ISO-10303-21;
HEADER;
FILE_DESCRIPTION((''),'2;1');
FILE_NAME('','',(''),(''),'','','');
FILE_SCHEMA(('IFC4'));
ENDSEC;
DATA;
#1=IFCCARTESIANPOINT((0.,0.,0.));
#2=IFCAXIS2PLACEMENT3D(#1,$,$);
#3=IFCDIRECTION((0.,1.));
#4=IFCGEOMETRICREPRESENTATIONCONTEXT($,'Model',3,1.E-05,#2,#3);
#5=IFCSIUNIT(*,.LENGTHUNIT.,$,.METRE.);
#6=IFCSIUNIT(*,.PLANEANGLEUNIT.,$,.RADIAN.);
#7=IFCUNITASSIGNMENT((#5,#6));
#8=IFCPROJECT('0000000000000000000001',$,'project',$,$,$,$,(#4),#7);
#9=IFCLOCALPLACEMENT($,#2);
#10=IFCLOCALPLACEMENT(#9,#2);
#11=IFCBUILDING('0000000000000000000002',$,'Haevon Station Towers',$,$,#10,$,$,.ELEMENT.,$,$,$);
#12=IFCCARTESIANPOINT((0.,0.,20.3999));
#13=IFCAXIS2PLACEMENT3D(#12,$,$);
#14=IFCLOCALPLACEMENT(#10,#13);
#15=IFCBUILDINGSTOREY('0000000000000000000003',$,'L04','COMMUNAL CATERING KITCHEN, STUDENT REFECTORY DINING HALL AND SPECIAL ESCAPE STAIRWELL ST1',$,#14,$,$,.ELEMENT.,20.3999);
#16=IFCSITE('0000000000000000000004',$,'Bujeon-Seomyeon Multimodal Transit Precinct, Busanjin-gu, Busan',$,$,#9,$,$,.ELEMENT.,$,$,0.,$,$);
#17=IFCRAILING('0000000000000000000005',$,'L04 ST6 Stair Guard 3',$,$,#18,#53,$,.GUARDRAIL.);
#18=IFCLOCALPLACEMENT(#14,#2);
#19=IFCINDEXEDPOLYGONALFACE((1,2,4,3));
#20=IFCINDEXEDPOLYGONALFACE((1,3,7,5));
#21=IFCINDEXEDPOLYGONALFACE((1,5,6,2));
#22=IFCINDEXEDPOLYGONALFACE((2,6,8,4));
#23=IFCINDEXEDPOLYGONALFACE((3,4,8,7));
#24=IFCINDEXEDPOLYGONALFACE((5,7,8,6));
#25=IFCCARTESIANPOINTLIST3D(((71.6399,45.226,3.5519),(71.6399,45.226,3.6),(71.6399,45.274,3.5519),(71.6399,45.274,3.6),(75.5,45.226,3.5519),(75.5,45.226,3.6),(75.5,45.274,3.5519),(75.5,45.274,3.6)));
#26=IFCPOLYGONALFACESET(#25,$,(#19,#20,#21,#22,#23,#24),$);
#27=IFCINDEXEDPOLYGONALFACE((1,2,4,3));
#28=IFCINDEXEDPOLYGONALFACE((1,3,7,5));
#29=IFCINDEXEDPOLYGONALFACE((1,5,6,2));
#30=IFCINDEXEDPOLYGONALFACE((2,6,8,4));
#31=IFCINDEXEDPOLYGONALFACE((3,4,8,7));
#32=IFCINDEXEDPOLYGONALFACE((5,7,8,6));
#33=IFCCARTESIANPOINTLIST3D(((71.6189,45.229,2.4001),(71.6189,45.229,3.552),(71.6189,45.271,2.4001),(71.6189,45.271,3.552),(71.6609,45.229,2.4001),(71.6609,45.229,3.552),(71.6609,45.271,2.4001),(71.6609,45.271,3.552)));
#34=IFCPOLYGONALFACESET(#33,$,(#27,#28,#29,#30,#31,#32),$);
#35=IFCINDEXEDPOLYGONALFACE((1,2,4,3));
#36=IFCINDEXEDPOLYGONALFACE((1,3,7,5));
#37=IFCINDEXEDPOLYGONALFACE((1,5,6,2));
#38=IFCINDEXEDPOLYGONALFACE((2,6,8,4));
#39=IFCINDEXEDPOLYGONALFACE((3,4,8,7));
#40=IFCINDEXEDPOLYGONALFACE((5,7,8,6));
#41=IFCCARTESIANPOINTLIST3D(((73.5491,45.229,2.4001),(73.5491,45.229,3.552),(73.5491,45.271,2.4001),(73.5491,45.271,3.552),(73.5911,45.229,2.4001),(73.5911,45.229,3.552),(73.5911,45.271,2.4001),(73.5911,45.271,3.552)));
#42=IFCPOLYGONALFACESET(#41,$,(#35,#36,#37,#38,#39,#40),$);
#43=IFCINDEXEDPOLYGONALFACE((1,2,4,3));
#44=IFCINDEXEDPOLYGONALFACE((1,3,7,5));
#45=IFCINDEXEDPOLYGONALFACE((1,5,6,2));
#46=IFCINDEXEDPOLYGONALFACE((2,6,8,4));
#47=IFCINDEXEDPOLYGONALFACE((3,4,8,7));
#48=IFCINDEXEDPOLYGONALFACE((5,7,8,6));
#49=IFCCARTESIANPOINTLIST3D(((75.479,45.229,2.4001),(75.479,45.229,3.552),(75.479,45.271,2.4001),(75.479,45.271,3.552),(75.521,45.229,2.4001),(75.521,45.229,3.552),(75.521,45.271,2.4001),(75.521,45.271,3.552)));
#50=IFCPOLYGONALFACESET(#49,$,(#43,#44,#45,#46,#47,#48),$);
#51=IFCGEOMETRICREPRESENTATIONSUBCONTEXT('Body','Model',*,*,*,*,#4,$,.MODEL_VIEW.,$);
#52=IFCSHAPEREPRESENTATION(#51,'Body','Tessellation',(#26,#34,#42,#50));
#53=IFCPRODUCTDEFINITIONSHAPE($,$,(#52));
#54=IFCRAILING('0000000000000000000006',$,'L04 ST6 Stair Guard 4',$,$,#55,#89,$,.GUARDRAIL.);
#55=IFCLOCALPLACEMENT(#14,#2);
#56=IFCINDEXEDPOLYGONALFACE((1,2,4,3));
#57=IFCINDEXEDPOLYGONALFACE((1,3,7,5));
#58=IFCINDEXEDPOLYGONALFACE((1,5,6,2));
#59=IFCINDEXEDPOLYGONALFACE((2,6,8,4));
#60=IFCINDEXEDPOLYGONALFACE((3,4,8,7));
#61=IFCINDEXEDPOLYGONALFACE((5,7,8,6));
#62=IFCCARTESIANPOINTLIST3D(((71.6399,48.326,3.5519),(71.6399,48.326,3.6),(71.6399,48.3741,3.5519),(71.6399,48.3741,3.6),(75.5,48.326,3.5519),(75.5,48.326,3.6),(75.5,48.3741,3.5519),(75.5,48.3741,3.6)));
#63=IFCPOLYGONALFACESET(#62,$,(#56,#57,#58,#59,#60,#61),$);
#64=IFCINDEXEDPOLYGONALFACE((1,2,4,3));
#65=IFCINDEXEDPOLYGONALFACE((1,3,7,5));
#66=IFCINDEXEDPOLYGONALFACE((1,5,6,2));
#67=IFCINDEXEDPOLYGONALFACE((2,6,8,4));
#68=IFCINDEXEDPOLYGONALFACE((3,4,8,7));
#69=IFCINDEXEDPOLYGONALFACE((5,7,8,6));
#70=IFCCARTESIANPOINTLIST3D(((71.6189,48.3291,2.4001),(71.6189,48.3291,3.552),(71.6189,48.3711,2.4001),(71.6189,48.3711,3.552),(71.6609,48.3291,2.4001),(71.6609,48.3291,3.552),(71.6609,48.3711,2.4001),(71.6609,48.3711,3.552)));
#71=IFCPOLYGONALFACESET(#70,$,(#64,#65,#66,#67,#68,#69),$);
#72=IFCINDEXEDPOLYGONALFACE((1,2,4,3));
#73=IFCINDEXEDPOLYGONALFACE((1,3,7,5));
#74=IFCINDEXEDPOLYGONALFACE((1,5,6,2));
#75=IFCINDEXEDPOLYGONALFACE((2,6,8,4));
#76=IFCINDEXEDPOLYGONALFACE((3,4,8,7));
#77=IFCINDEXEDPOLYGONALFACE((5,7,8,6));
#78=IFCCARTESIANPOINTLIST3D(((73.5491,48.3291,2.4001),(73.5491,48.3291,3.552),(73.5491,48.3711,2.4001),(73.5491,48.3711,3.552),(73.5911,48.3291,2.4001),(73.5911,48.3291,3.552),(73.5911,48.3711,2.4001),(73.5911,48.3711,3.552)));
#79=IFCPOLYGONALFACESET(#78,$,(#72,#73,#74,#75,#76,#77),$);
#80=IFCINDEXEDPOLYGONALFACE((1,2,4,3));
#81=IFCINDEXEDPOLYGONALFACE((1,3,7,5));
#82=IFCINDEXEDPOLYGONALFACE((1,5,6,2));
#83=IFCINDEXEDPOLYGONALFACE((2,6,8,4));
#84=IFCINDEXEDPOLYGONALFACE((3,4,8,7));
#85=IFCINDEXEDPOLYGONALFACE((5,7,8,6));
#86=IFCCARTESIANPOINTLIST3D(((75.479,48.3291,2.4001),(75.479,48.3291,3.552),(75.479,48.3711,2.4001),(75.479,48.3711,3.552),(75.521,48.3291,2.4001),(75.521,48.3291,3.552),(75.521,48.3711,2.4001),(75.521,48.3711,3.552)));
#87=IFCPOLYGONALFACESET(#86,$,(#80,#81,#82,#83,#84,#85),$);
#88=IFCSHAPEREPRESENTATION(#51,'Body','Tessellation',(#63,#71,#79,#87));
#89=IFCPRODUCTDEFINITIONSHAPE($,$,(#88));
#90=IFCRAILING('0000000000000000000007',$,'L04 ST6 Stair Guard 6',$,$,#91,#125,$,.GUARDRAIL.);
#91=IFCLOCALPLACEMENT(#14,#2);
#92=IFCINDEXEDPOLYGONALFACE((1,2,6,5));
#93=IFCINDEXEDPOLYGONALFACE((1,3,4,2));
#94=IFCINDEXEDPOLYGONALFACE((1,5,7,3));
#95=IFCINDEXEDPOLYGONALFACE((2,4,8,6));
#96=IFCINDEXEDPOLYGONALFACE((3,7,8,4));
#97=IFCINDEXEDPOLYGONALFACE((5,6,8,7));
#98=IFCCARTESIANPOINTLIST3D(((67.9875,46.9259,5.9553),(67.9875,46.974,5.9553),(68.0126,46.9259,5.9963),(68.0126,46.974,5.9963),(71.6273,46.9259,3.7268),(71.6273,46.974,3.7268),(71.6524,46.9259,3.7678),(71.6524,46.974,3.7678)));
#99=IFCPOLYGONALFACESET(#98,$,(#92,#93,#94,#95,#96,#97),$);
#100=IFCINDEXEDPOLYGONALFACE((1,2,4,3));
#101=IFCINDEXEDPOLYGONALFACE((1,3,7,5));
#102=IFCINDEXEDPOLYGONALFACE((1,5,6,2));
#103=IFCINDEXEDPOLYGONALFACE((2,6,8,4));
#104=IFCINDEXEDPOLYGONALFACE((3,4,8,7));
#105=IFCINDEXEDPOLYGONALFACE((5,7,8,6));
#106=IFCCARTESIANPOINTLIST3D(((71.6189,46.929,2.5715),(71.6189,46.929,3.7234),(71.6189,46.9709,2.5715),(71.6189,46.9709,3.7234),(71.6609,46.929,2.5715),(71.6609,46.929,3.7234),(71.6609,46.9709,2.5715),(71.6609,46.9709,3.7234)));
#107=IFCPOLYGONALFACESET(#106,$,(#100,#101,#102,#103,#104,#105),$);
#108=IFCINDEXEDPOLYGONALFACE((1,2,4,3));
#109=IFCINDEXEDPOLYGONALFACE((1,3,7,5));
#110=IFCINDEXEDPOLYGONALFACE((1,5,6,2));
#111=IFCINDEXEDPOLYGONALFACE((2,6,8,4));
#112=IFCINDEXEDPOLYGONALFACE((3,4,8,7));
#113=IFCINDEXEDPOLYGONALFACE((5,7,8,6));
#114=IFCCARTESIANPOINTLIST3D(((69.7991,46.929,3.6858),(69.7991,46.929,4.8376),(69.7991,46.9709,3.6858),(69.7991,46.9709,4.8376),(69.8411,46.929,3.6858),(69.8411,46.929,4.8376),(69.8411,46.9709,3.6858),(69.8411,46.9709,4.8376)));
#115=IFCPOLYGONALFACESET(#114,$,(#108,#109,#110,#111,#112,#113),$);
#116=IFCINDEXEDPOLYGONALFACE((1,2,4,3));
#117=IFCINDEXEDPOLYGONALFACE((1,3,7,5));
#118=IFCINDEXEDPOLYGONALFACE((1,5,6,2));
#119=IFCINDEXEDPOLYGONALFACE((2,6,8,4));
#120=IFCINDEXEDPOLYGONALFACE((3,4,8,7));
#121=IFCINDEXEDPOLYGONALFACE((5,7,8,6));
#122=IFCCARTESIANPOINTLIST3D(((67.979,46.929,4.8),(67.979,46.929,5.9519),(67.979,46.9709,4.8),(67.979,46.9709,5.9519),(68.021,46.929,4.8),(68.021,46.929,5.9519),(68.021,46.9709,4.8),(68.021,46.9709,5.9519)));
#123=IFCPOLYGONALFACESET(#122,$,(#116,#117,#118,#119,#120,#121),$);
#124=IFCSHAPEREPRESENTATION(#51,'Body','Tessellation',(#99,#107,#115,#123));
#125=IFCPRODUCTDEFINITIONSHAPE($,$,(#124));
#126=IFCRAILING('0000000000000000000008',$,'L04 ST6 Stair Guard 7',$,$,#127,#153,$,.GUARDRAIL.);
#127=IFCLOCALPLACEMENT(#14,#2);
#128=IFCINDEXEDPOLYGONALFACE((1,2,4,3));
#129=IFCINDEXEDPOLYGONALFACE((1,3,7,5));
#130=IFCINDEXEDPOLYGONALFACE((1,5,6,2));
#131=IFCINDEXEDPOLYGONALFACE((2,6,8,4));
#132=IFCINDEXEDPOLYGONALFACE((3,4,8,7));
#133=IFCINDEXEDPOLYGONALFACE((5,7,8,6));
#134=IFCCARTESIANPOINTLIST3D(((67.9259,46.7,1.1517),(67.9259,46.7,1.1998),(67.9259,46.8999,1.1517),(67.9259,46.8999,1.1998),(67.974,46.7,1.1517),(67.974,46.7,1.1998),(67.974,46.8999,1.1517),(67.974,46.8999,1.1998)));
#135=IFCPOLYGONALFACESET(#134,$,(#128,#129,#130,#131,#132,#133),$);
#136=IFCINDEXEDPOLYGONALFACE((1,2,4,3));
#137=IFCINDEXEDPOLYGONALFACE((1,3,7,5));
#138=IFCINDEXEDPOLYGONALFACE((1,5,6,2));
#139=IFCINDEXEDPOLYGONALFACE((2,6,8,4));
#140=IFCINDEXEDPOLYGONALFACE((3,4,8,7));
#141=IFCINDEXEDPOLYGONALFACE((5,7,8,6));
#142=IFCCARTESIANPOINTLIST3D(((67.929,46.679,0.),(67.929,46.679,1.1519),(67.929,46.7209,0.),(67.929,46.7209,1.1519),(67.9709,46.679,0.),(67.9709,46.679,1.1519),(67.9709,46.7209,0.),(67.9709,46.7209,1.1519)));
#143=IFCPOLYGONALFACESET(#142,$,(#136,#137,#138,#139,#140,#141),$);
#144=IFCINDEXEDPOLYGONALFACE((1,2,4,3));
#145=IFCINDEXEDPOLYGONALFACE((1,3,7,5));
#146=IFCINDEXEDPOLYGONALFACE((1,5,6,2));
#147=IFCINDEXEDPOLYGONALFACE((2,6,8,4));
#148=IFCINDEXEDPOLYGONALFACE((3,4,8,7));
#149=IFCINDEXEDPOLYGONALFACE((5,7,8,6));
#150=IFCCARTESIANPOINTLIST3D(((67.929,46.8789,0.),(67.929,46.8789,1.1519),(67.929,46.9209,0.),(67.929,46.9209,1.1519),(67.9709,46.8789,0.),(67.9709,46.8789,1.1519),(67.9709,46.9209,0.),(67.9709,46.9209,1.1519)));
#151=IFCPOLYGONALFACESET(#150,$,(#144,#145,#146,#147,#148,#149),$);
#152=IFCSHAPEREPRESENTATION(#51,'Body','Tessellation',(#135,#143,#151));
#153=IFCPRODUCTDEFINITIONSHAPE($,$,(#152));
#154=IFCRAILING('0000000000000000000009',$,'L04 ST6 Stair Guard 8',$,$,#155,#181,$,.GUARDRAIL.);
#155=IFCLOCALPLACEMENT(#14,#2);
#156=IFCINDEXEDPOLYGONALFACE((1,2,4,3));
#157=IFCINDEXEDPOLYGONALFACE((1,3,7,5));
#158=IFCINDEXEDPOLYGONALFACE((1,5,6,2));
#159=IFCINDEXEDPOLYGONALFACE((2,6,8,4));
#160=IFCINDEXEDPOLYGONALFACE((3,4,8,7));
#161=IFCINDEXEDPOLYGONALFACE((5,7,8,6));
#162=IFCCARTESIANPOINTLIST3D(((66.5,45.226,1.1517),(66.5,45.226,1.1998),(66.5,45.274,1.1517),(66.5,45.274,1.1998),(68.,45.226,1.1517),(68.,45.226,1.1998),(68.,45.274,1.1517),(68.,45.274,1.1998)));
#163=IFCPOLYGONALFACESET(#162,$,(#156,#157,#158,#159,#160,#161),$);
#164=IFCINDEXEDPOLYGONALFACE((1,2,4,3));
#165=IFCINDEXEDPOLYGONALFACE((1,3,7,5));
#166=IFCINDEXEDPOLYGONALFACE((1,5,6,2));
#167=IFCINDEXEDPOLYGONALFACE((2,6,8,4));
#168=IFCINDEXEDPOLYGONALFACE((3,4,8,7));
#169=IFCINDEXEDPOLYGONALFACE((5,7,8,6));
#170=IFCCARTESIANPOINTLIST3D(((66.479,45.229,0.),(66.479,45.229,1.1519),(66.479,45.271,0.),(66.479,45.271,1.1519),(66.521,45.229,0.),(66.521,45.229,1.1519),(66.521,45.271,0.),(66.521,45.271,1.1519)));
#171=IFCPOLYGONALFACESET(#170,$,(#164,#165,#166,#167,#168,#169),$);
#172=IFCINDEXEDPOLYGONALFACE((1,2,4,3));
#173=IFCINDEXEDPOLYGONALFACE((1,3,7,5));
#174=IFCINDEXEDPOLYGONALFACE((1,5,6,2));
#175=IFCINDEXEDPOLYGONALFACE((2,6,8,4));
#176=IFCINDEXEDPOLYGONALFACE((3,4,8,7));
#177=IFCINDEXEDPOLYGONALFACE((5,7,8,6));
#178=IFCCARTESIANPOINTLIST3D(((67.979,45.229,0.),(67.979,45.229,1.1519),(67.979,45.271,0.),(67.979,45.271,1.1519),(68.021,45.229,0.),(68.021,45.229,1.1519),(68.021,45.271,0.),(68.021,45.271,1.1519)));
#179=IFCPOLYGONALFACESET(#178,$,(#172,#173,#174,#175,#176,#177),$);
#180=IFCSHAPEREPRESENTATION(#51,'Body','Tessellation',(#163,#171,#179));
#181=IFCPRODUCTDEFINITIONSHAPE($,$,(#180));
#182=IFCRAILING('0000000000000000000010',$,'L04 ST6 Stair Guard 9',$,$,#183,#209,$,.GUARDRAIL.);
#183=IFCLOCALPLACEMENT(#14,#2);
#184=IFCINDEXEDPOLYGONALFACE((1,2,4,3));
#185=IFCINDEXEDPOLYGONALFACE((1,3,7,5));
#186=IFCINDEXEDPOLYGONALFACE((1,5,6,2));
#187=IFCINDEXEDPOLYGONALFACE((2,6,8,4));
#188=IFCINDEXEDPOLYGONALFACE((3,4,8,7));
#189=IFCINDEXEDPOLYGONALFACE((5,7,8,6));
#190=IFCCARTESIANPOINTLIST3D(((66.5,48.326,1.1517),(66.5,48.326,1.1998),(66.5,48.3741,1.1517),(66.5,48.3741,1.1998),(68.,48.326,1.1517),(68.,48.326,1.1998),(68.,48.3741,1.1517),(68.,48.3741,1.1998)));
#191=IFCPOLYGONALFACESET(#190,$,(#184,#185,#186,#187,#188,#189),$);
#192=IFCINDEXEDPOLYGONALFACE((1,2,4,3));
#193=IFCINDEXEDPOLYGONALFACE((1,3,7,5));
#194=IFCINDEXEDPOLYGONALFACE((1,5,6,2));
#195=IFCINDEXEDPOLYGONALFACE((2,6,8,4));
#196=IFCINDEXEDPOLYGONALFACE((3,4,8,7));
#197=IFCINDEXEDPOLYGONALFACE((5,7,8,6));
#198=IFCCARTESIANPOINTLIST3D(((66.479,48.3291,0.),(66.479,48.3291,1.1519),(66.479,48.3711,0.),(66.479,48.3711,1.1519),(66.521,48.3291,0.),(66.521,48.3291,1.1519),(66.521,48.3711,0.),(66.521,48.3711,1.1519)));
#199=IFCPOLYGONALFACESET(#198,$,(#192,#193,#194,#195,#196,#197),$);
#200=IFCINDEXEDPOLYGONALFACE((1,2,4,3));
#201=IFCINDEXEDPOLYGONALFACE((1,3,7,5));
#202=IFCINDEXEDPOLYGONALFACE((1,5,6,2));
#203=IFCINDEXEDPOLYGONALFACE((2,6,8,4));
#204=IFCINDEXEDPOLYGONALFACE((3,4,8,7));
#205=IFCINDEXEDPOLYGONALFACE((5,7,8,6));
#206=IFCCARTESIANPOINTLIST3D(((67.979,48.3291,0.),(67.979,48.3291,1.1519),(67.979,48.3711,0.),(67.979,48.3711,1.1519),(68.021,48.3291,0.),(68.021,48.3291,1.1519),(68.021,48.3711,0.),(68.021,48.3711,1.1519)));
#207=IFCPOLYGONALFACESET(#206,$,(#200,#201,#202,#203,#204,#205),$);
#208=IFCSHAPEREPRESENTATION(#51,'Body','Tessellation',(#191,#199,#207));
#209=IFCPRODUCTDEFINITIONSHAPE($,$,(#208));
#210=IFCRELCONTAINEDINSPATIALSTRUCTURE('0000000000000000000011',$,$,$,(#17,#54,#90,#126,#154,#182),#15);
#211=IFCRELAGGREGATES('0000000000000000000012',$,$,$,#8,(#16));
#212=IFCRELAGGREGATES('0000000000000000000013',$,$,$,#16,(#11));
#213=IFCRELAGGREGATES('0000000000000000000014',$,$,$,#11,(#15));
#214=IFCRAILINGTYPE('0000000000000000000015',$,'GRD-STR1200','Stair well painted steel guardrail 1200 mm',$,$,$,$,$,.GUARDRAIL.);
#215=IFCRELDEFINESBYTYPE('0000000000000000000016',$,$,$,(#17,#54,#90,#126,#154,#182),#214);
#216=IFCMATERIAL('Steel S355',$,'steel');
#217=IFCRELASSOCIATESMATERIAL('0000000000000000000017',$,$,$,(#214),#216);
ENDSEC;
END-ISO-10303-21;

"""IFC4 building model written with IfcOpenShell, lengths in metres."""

from ifc_helpers import new_model, si_unit, direction, frame, origin, origin_2d, place, context, subcontext, project, spatial, rectangle, extrude, material, type_object, element, save


model = new_model("IFC4")

# Units and contexts
model_context = context("Model", 3, precision=1e-05, world=origin(), true_north=direction((0.0, 1.0)))
body_context = subcontext(model_context, "Body", "Model", "MODEL_VIEW")
ifc_project = project(units=[si_unit("LENGTHUNIT", "METRE"), si_unit("PLANEANGLEUNIT", "RADIAN")], contexts=[model_context])

# Site, building, storey
site_placement = place(None, origin())
site = spatial("IfcSite", under=ifc_project, at=site_placement, Name="Bujeon-Seomyeon Multimodal Transit Precinct, Busanjin-gu, Busan", CompositionType="ELEMENT", RefElevation=0.0)
building_placement = place(site_placement, origin())
building = spatial("IfcBuilding", under=site, at=building_placement, Name="Haevon Station Towers", CompositionType="ELEMENT")
storey_placement = place(building_placement, frame((0.0, 0.0, 20.3999)))
storey = spatial("IfcBuildingStorey", under=building, at=storey_placement, Name="L04", Description="COMMUNAL CATERING KITCHEN, STUDENT REFECTORY DINING HALL AND SPECIAL ESCAPE STAIRWELL ST1", CompositionType="ELEMENT", Elevation=20.3999)

# Shared definitions
ifc_material_1 = material(Name="Steel S355", Category="steel")

# Railings
railing_type_1 = type_object("IfcRailingType", Name="GRD-STR1200", Description="Stair well painted steel guardrail 1200 mm", PredefinedType="GUARDRAIL", material=ifc_material_1)
for number, where, name in (
    (1, (71.6399, 45.25, 2.4001), "L04 ST6 Stair Guard 3"),
    (2, (71.6399, 48.3501, 2.4001), "L04 ST6 Stair Guard 4"),
):
    element("IfcRailing", number, at=place(storey_placement, frame(where)), inside=storey, type_object=railing_type_1, Name=name, PredefinedType="GUARDRAIL", context=body_context, shape_type="SweptSolid", body=[
        extrude(rectangle(XDim=0.0481, YDim=0.0481, at=origin_2d()), frame((0.0, 0.0, 1.1758), z_axis=(1.0, 0.0, 0.0), x_axis=(0.0, 1.0, 0.0)), (0.0, 0.0, 1.0), 3.8601),
        extrude(rectangle(XDim=0.042, YDim=0.042, at=origin_2d()), origin(), (0.0, 0.0, 1.0), 1.1519),
        extrude(rectangle(XDim=0.042, YDim=0.042, at=origin_2d()), frame((1.9302, 0.0, 0.0)), (0.0, 0.0, 1.0), 1.1519),
        extrude(rectangle(XDim=0.042, YDim=0.042, at=origin_2d()), frame((3.8601, 0.0, 0.0)), (0.0, 0.0, 1.0), 1.1519),
    ])
railing_1_placement = place(storey_placement, frame((71.6399, 46.95, 2.5715)))
element("IfcRailing", 3, at=railing_1_placement, inside=storey, type_object=railing_type_1, Name="L04 ST6 Stair Guard 6", PredefinedType="GUARDRAIL", context=body_context, shape_type="SweptSolid", body=[
    extrude(rectangle(XDim=0.0481, YDim=0.0481, at=origin_2d()), frame((0.0, 0.0, 1.1758), z_axis=(-0.85285, 0.0, 0.522156), x_axis=(0.0, -1.0, 0.0)), (0.0, 0.0, 1.0), 4.2678),
    extrude(rectangle(XDim=0.042, YDim=0.042, at=origin_2d()), origin(), (0.0, 0.0, 1.0), 1.1519),
    extrude(rectangle(XDim=0.042, YDim=0.042, at=origin_2d()), frame((-1.8198, 0.0, 1.1143)), (0.0, 0.0, 1.0), 1.1519),
    extrude(rectangle(XDim=0.042, YDim=0.042, at=origin_2d()), frame((-3.6399, 0.0, 2.2285)), (0.0, 0.0, 1.0), 1.1519),
])
railing_2_placement = place(storey_placement, frame((67.95, 46.7, 0.0)))
element("IfcRailing", 4, at=railing_2_placement, inside=storey, type_object=railing_type_1, Name="L04 ST6 Stair Guard 7", PredefinedType="GUARDRAIL", context=body_context, shape_type="SweptSolid", body=[
    extrude(rectangle(XDim=0.0481, YDim=0.0481, at=origin_2d()), frame((0.0, 0.0, 1.1758), z_axis=(0.0, 1.0, 0.0), x_axis=(-1.0, 0.0, 0.0)), (0.0, 0.0, 1.0), 0.2),
    extrude(rectangle(XDim=0.042, YDim=0.042, at=origin_2d()), origin(), (0.0, 0.0, 1.0), 1.1519),
    extrude(rectangle(XDim=0.042, YDim=0.042, at=origin_2d()), frame((0.0, 0.2, 0.0)), (0.0, 0.0, 1.0), 1.1519),
])
for number, where, name in (
    (5, (66.5, 45.25, 0.0), "L04 ST6 Stair Guard 8"),
    (6, (66.5, 48.3501, 0.0), "L04 ST6 Stair Guard 9"),
):
    element("IfcRailing", number, at=place(storey_placement, frame(where)), inside=storey, type_object=railing_type_1, Name=name, PredefinedType="GUARDRAIL", context=body_context, shape_type="SweptSolid", body=[
        extrude(rectangle(XDim=0.0481, YDim=0.0481, at=origin_2d()), frame((0.0, 0.0, 1.1758), z_axis=(1.0, 0.0, 0.0), x_axis=(0.0, 1.0, 0.0)), (0.0, 0.0, 1.0), 1.5),
        extrude(rectangle(XDim=0.042, YDim=0.042, at=origin_2d()), origin(), (0.0, 0.0, 1.0), 1.1519),
        extrude(rectangle(XDim=0.042, YDim=0.042, at=origin_2d()), frame((1.5, 0.0, 0.0)), (0.0, 0.0, 1.0), 1.1519),
    ])

save(model, "model.ifc")
